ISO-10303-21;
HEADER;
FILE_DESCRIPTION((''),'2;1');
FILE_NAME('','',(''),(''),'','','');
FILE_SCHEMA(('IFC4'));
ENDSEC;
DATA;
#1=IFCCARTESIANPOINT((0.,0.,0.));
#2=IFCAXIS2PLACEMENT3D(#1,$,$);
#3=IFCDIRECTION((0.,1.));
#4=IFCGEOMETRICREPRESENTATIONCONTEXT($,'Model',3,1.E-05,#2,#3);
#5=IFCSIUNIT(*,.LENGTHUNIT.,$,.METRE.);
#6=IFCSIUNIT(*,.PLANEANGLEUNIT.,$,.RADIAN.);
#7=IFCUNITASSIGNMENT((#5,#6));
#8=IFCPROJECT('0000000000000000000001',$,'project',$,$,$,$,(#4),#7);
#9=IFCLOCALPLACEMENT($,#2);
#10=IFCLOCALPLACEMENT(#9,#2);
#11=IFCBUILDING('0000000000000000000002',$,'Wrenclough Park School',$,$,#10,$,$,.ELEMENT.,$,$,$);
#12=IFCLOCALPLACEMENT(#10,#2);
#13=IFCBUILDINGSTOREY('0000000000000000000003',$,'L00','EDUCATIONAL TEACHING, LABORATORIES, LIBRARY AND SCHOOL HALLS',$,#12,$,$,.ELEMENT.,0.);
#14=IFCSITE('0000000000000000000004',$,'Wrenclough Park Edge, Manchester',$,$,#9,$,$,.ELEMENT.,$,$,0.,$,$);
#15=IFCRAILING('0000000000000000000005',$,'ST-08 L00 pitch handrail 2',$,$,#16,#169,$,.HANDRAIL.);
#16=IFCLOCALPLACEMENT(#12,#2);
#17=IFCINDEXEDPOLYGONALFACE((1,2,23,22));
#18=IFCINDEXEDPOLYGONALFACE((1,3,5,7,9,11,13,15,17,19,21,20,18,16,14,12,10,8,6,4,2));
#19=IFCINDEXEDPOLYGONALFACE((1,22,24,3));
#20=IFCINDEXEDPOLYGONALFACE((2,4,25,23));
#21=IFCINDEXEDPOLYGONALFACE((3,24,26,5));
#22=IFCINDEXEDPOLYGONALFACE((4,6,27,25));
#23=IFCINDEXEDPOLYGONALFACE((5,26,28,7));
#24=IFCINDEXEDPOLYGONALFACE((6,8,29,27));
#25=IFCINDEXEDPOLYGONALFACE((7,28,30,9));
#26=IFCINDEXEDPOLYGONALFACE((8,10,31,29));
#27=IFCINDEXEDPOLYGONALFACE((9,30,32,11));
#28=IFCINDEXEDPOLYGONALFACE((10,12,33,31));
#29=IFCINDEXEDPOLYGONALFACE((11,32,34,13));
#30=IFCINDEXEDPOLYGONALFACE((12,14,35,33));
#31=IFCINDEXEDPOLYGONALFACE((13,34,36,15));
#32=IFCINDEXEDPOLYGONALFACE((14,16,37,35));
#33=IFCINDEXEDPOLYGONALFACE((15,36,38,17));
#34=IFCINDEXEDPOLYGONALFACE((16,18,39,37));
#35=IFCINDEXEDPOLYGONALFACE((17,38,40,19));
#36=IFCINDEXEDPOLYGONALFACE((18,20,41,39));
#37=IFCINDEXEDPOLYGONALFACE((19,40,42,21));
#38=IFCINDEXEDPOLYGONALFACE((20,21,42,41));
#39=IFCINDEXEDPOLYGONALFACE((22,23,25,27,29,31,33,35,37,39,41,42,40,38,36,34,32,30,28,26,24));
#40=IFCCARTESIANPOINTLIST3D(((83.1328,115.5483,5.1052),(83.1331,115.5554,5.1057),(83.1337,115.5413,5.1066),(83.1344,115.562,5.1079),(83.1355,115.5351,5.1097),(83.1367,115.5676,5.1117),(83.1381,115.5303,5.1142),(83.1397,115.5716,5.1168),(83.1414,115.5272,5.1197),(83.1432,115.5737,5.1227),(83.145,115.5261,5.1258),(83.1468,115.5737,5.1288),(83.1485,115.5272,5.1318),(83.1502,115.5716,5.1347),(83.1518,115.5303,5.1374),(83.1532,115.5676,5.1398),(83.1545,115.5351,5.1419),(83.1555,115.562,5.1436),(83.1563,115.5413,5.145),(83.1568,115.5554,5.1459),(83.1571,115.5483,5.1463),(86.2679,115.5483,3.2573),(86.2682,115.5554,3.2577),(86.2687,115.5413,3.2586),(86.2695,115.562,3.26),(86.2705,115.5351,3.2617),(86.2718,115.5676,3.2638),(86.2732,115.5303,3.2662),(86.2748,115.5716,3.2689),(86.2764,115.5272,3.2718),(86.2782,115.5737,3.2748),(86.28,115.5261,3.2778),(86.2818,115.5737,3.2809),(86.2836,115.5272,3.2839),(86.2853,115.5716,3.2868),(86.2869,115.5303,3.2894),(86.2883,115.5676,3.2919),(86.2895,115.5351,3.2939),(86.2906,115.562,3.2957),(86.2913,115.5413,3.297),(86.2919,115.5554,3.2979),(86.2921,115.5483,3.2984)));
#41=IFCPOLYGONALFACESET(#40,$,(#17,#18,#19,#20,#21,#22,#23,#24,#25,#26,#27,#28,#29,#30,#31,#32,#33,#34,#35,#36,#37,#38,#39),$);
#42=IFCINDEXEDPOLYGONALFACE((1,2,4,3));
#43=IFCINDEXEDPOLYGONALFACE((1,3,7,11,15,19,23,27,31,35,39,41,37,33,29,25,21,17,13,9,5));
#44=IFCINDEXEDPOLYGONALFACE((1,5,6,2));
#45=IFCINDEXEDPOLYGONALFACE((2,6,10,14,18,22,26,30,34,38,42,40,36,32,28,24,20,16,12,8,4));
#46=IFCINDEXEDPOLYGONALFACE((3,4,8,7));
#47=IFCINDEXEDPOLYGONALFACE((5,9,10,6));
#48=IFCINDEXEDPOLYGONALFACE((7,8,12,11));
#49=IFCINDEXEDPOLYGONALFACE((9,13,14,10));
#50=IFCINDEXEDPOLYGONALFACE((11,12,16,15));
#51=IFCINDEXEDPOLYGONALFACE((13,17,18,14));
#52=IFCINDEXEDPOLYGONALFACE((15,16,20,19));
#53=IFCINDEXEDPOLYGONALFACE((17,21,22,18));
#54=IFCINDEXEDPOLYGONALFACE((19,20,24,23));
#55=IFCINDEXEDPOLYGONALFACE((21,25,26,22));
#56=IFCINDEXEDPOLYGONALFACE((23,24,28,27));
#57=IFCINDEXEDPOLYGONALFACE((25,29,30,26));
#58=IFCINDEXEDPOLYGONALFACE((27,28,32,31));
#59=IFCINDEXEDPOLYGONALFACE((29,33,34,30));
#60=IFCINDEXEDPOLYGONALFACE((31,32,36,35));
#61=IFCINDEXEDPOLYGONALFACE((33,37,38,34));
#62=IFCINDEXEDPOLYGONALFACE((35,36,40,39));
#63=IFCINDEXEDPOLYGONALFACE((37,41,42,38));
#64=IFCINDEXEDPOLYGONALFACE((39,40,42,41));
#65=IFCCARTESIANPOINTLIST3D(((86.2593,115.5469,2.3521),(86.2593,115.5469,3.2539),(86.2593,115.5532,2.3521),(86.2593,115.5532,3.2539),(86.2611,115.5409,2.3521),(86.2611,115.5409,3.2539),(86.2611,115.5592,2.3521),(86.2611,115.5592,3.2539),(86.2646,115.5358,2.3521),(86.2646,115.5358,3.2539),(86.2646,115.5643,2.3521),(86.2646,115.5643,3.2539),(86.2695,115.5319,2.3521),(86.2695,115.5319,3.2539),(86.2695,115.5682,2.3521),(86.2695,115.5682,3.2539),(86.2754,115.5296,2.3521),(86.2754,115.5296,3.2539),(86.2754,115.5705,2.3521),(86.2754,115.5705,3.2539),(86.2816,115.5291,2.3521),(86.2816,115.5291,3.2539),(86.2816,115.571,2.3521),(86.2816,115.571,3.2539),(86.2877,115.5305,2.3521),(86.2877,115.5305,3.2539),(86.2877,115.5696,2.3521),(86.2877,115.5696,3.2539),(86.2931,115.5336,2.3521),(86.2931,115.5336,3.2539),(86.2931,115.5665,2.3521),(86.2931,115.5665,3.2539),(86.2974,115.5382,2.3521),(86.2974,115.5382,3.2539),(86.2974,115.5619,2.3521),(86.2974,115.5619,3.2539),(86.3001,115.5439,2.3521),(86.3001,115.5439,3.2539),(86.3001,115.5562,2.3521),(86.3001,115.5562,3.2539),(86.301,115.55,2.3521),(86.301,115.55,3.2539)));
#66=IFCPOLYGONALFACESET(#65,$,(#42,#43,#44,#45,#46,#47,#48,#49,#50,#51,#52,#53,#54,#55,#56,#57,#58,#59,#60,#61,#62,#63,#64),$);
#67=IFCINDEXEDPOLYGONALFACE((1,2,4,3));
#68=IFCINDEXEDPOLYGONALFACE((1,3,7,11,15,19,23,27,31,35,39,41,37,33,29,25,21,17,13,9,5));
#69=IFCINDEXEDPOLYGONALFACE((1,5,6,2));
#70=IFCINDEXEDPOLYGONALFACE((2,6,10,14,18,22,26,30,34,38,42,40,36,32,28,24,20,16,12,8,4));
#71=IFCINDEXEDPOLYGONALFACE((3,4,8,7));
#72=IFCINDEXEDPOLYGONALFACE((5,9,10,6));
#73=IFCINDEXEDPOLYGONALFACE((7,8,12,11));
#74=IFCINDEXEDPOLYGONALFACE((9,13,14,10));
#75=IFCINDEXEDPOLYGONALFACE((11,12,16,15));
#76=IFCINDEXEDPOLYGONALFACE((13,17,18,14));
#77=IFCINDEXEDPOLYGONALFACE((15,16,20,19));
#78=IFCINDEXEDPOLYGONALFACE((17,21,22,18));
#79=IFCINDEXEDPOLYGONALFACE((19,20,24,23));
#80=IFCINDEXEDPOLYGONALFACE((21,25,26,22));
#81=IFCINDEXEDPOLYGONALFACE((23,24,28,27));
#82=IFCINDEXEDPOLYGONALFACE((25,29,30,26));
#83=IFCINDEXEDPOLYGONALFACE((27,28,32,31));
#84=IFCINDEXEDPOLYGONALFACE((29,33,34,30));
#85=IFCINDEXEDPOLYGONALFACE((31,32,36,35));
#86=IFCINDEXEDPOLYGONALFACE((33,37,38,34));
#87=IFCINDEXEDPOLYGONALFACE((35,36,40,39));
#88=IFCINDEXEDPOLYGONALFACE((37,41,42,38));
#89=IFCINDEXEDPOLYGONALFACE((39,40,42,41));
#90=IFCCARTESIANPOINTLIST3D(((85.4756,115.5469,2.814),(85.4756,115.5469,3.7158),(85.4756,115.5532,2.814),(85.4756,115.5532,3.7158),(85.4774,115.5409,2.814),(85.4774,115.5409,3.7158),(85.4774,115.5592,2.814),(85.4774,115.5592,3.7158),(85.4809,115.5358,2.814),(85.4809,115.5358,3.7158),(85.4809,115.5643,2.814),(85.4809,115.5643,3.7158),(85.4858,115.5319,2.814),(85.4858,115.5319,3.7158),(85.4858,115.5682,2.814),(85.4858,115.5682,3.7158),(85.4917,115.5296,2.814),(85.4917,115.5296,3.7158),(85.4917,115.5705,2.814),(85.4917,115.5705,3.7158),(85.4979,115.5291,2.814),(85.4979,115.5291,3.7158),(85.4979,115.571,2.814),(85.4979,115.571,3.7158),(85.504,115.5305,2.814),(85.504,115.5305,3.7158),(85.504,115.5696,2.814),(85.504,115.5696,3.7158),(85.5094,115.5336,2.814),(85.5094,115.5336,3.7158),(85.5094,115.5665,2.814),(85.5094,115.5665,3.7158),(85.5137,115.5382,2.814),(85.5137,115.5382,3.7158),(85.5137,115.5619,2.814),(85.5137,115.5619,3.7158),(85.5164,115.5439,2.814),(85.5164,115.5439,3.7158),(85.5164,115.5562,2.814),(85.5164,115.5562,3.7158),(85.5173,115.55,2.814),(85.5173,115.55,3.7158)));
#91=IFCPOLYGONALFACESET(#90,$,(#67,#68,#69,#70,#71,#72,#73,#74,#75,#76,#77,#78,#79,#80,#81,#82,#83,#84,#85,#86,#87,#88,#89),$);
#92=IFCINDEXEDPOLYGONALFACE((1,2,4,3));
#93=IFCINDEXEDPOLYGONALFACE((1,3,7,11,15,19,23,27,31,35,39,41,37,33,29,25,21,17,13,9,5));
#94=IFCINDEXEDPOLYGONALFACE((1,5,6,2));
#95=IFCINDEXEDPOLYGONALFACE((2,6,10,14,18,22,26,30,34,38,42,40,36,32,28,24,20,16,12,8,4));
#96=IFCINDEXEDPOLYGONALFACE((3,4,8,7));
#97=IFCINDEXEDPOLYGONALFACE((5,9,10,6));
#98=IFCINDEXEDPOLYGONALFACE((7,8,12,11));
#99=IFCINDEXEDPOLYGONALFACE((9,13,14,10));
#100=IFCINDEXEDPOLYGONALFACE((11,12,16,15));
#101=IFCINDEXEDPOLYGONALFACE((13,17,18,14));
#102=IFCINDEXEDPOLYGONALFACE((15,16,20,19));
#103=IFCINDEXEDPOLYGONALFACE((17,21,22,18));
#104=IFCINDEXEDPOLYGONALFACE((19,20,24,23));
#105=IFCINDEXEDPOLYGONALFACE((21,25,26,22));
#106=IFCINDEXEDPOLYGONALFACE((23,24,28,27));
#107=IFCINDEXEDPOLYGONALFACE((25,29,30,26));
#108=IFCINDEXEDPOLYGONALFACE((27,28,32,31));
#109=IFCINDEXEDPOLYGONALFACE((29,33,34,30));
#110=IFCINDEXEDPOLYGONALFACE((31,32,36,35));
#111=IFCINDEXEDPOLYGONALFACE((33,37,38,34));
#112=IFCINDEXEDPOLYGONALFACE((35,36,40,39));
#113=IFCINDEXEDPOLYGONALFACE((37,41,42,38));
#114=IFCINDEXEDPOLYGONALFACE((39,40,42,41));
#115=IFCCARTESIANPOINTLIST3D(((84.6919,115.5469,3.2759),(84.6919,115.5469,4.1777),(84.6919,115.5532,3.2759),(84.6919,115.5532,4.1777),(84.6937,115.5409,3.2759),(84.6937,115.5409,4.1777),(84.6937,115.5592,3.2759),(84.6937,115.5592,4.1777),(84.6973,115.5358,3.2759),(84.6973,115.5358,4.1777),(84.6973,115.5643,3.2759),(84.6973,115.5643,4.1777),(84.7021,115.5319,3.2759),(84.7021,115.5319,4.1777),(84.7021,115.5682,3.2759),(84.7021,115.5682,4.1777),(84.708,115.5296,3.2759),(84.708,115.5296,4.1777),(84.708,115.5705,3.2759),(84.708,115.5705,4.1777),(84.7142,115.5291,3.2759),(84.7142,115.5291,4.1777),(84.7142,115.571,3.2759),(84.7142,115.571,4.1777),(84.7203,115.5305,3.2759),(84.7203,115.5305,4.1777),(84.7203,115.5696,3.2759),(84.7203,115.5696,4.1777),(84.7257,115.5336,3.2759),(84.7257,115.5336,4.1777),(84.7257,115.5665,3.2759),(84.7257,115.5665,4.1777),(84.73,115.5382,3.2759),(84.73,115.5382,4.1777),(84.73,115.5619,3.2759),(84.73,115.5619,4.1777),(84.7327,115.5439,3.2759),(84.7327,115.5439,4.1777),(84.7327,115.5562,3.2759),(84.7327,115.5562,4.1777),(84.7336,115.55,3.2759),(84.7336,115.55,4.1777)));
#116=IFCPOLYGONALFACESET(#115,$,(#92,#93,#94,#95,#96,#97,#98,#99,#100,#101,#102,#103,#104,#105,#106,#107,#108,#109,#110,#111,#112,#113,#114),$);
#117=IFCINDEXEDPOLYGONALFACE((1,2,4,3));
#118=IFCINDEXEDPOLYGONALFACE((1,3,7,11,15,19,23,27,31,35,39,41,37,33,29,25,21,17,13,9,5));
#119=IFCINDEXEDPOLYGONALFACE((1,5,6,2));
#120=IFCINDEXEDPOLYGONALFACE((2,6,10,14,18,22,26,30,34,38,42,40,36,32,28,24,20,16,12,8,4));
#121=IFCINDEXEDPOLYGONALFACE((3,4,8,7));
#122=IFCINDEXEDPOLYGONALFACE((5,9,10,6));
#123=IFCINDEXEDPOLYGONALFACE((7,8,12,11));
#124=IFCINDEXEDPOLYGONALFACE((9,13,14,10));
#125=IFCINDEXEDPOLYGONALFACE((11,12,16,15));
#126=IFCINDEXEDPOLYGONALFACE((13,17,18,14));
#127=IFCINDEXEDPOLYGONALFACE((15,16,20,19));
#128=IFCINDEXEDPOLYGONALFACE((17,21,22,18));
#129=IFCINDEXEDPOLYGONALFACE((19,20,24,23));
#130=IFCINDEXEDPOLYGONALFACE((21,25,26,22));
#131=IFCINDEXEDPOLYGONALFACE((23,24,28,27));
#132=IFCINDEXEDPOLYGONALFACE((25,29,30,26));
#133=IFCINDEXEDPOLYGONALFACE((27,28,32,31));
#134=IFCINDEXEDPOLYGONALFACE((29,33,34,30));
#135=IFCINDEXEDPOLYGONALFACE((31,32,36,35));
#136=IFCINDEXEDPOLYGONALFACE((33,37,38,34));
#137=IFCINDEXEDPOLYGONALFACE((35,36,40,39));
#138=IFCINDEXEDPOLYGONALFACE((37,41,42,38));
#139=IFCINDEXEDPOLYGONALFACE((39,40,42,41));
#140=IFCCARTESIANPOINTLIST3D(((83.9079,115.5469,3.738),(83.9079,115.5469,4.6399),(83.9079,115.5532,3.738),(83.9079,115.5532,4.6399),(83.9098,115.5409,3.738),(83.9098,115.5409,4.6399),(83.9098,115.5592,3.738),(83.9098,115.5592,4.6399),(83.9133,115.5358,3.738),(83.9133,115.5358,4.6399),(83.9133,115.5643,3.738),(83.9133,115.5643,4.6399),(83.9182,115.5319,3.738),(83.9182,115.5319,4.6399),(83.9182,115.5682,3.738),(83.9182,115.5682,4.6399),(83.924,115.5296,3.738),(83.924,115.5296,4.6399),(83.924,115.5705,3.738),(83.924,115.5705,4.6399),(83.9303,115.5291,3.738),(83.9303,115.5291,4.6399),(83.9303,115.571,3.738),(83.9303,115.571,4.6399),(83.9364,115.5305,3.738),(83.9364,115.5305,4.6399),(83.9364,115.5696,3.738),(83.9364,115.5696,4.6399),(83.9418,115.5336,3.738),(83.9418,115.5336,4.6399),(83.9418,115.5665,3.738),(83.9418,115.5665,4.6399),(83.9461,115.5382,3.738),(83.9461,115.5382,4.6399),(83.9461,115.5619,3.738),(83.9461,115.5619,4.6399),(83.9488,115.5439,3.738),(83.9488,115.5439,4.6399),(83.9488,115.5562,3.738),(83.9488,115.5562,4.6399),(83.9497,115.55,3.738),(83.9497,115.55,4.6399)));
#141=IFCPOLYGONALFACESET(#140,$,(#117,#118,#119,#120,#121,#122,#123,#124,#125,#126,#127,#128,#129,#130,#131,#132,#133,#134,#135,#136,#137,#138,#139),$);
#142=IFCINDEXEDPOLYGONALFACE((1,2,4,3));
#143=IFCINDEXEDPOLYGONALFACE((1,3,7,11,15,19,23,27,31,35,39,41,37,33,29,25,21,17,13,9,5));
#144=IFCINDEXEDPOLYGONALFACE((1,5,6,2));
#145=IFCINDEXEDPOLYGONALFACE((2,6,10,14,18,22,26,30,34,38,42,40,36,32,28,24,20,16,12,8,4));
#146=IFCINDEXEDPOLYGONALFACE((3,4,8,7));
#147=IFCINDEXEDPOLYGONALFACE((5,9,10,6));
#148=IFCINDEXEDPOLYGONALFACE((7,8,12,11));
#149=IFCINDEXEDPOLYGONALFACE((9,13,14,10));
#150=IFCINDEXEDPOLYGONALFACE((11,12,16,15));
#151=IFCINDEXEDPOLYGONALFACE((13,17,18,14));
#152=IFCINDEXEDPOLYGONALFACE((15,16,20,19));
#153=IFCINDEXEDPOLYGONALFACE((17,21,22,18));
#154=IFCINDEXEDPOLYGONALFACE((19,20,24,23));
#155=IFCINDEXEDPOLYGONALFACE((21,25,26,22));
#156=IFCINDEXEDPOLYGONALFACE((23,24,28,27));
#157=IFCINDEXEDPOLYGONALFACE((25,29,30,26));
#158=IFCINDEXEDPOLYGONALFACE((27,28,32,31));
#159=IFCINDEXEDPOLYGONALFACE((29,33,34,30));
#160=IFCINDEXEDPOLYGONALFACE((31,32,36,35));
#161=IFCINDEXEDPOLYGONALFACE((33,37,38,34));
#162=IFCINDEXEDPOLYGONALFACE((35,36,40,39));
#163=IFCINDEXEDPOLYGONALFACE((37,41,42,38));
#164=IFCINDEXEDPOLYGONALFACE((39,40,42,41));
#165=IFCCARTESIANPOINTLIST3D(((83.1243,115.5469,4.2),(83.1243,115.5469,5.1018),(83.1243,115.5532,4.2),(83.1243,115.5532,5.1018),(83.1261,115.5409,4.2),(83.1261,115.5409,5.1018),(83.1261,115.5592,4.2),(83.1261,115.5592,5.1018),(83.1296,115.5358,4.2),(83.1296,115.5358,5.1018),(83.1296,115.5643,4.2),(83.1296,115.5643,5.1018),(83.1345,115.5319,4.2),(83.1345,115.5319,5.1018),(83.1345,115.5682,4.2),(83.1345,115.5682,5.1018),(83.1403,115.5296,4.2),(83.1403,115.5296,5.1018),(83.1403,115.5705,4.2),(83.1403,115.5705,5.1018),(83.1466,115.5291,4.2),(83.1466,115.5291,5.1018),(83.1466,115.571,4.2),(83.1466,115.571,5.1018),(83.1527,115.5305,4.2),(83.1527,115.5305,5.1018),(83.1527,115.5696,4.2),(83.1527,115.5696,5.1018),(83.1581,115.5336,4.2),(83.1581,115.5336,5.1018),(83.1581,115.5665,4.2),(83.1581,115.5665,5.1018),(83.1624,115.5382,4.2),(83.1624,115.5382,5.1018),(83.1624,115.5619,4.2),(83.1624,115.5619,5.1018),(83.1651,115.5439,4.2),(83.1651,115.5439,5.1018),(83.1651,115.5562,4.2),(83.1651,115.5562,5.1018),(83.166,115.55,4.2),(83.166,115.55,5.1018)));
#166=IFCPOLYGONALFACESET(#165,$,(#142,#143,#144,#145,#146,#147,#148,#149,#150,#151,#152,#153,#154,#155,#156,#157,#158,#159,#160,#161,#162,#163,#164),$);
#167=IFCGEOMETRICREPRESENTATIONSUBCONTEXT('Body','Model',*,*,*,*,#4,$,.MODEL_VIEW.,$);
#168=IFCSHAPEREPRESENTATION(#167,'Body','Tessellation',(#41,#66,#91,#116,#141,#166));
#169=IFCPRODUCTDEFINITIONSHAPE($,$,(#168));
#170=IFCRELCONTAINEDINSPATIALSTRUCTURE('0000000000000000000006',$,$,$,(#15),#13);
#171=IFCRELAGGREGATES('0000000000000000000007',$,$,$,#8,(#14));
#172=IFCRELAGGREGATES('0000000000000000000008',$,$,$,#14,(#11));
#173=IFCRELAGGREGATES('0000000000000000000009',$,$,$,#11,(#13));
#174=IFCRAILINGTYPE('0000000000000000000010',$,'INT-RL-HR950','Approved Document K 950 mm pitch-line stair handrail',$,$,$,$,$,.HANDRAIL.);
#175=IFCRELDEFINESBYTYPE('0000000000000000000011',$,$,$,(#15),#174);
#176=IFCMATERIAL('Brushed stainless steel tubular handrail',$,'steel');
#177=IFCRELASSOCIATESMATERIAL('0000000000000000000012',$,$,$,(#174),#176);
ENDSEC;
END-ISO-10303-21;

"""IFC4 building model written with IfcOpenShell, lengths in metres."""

from ifc_helpers import new_model, si_unit, direction, frame, origin, origin_2d, place, context, subcontext, project, spatial, circle, extrude, material, type_object, element, save


model = new_model("IFC4")

# Units and contexts
model_context = context("Model", 3, precision=1e-05, world=origin(), true_north=direction((0.0, 1.0)))
body_context = subcontext(model_context, "Body", "Model", "MODEL_VIEW")
ifc_project = project(units=[si_unit("LENGTHUNIT", "METRE"), si_unit("PLANEANGLEUNIT", "RADIAN")], contexts=[model_context])

# Site, building, storey
site_placement = place(None, origin())
site = spatial("IfcSite", under=ifc_project, at=site_placement, Name="Wrenclough Park Edge, Manchester", CompositionType="ELEMENT", RefElevation=0.0)
building_placement = place(site_placement, origin())
building = spatial("IfcBuilding", under=site, at=building_placement, Name="Wrenclough Park School", CompositionType="ELEMENT")
storey_placement = place(building_placement, origin())
storey = spatial("IfcBuildingStorey", under=building, at=storey_placement, Name="L00", Description="EDUCATIONAL TEACHING, LABORATORIES, LIBRARY AND SCHOOL HALLS", CompositionType="ELEMENT", Elevation=0.0)

# Railing
ifc_material_1 = material(Name="Brushed stainless steel tubular handrail", Category="steel")
railing_type = type_object("IfcRailingType", Name="INT-RL-HR950", Description="Approved Document K 950 mm pitch-line stair handrail", PredefinedType="HANDRAIL", material=ifc_material_1)
railing_placement = place(storey_placement, frame((86.28, 115.55, 2.3521)))
element("IfcRailing", 1, at=railing_placement, inside=storey, type_object=railing_type, Name="ST-08 L00 pitch handrail 2", PredefinedType="HANDRAIL", context=body_context, shape_type="SweptSolid", body=[
    extrude(circle(Radius=0.0239, at=origin_2d()), frame((0.0, 0.0, 0.9258), z_axis=(-0.86148, 0.0, 0.507791), x_axis=(0.0, -1.0, 0.0)), (0.0, 0.0, 1.0), 3.6392),
    extrude(circle(Radius=0.021, at=origin_2d()), origin(), (0.0, 0.0, 1.0), 0.9019),
    extrude(circle(Radius=0.021, at=origin_2d()), frame((-0.7837, 0.0, 0.4619)), (0.0, 0.0, 1.0), 0.9019),
    extrude(circle(Radius=0.021, at=origin_2d()), frame((-1.5674, 0.0, 0.9238)), (0.0, 0.0, 1.0), 0.9019),
    extrude(circle(Radius=0.021, at=origin_2d()), frame((-2.3513, 0.0, 1.386)), (0.0, 0.0, 1.0), 0.9019),
    extrude(circle(Radius=0.021, at=origin_2d()), frame((-3.135, 0.0, 1.8479)), (0.0, 0.0, 1.0), 0.9019),
])

save(model, "model.ifc")
